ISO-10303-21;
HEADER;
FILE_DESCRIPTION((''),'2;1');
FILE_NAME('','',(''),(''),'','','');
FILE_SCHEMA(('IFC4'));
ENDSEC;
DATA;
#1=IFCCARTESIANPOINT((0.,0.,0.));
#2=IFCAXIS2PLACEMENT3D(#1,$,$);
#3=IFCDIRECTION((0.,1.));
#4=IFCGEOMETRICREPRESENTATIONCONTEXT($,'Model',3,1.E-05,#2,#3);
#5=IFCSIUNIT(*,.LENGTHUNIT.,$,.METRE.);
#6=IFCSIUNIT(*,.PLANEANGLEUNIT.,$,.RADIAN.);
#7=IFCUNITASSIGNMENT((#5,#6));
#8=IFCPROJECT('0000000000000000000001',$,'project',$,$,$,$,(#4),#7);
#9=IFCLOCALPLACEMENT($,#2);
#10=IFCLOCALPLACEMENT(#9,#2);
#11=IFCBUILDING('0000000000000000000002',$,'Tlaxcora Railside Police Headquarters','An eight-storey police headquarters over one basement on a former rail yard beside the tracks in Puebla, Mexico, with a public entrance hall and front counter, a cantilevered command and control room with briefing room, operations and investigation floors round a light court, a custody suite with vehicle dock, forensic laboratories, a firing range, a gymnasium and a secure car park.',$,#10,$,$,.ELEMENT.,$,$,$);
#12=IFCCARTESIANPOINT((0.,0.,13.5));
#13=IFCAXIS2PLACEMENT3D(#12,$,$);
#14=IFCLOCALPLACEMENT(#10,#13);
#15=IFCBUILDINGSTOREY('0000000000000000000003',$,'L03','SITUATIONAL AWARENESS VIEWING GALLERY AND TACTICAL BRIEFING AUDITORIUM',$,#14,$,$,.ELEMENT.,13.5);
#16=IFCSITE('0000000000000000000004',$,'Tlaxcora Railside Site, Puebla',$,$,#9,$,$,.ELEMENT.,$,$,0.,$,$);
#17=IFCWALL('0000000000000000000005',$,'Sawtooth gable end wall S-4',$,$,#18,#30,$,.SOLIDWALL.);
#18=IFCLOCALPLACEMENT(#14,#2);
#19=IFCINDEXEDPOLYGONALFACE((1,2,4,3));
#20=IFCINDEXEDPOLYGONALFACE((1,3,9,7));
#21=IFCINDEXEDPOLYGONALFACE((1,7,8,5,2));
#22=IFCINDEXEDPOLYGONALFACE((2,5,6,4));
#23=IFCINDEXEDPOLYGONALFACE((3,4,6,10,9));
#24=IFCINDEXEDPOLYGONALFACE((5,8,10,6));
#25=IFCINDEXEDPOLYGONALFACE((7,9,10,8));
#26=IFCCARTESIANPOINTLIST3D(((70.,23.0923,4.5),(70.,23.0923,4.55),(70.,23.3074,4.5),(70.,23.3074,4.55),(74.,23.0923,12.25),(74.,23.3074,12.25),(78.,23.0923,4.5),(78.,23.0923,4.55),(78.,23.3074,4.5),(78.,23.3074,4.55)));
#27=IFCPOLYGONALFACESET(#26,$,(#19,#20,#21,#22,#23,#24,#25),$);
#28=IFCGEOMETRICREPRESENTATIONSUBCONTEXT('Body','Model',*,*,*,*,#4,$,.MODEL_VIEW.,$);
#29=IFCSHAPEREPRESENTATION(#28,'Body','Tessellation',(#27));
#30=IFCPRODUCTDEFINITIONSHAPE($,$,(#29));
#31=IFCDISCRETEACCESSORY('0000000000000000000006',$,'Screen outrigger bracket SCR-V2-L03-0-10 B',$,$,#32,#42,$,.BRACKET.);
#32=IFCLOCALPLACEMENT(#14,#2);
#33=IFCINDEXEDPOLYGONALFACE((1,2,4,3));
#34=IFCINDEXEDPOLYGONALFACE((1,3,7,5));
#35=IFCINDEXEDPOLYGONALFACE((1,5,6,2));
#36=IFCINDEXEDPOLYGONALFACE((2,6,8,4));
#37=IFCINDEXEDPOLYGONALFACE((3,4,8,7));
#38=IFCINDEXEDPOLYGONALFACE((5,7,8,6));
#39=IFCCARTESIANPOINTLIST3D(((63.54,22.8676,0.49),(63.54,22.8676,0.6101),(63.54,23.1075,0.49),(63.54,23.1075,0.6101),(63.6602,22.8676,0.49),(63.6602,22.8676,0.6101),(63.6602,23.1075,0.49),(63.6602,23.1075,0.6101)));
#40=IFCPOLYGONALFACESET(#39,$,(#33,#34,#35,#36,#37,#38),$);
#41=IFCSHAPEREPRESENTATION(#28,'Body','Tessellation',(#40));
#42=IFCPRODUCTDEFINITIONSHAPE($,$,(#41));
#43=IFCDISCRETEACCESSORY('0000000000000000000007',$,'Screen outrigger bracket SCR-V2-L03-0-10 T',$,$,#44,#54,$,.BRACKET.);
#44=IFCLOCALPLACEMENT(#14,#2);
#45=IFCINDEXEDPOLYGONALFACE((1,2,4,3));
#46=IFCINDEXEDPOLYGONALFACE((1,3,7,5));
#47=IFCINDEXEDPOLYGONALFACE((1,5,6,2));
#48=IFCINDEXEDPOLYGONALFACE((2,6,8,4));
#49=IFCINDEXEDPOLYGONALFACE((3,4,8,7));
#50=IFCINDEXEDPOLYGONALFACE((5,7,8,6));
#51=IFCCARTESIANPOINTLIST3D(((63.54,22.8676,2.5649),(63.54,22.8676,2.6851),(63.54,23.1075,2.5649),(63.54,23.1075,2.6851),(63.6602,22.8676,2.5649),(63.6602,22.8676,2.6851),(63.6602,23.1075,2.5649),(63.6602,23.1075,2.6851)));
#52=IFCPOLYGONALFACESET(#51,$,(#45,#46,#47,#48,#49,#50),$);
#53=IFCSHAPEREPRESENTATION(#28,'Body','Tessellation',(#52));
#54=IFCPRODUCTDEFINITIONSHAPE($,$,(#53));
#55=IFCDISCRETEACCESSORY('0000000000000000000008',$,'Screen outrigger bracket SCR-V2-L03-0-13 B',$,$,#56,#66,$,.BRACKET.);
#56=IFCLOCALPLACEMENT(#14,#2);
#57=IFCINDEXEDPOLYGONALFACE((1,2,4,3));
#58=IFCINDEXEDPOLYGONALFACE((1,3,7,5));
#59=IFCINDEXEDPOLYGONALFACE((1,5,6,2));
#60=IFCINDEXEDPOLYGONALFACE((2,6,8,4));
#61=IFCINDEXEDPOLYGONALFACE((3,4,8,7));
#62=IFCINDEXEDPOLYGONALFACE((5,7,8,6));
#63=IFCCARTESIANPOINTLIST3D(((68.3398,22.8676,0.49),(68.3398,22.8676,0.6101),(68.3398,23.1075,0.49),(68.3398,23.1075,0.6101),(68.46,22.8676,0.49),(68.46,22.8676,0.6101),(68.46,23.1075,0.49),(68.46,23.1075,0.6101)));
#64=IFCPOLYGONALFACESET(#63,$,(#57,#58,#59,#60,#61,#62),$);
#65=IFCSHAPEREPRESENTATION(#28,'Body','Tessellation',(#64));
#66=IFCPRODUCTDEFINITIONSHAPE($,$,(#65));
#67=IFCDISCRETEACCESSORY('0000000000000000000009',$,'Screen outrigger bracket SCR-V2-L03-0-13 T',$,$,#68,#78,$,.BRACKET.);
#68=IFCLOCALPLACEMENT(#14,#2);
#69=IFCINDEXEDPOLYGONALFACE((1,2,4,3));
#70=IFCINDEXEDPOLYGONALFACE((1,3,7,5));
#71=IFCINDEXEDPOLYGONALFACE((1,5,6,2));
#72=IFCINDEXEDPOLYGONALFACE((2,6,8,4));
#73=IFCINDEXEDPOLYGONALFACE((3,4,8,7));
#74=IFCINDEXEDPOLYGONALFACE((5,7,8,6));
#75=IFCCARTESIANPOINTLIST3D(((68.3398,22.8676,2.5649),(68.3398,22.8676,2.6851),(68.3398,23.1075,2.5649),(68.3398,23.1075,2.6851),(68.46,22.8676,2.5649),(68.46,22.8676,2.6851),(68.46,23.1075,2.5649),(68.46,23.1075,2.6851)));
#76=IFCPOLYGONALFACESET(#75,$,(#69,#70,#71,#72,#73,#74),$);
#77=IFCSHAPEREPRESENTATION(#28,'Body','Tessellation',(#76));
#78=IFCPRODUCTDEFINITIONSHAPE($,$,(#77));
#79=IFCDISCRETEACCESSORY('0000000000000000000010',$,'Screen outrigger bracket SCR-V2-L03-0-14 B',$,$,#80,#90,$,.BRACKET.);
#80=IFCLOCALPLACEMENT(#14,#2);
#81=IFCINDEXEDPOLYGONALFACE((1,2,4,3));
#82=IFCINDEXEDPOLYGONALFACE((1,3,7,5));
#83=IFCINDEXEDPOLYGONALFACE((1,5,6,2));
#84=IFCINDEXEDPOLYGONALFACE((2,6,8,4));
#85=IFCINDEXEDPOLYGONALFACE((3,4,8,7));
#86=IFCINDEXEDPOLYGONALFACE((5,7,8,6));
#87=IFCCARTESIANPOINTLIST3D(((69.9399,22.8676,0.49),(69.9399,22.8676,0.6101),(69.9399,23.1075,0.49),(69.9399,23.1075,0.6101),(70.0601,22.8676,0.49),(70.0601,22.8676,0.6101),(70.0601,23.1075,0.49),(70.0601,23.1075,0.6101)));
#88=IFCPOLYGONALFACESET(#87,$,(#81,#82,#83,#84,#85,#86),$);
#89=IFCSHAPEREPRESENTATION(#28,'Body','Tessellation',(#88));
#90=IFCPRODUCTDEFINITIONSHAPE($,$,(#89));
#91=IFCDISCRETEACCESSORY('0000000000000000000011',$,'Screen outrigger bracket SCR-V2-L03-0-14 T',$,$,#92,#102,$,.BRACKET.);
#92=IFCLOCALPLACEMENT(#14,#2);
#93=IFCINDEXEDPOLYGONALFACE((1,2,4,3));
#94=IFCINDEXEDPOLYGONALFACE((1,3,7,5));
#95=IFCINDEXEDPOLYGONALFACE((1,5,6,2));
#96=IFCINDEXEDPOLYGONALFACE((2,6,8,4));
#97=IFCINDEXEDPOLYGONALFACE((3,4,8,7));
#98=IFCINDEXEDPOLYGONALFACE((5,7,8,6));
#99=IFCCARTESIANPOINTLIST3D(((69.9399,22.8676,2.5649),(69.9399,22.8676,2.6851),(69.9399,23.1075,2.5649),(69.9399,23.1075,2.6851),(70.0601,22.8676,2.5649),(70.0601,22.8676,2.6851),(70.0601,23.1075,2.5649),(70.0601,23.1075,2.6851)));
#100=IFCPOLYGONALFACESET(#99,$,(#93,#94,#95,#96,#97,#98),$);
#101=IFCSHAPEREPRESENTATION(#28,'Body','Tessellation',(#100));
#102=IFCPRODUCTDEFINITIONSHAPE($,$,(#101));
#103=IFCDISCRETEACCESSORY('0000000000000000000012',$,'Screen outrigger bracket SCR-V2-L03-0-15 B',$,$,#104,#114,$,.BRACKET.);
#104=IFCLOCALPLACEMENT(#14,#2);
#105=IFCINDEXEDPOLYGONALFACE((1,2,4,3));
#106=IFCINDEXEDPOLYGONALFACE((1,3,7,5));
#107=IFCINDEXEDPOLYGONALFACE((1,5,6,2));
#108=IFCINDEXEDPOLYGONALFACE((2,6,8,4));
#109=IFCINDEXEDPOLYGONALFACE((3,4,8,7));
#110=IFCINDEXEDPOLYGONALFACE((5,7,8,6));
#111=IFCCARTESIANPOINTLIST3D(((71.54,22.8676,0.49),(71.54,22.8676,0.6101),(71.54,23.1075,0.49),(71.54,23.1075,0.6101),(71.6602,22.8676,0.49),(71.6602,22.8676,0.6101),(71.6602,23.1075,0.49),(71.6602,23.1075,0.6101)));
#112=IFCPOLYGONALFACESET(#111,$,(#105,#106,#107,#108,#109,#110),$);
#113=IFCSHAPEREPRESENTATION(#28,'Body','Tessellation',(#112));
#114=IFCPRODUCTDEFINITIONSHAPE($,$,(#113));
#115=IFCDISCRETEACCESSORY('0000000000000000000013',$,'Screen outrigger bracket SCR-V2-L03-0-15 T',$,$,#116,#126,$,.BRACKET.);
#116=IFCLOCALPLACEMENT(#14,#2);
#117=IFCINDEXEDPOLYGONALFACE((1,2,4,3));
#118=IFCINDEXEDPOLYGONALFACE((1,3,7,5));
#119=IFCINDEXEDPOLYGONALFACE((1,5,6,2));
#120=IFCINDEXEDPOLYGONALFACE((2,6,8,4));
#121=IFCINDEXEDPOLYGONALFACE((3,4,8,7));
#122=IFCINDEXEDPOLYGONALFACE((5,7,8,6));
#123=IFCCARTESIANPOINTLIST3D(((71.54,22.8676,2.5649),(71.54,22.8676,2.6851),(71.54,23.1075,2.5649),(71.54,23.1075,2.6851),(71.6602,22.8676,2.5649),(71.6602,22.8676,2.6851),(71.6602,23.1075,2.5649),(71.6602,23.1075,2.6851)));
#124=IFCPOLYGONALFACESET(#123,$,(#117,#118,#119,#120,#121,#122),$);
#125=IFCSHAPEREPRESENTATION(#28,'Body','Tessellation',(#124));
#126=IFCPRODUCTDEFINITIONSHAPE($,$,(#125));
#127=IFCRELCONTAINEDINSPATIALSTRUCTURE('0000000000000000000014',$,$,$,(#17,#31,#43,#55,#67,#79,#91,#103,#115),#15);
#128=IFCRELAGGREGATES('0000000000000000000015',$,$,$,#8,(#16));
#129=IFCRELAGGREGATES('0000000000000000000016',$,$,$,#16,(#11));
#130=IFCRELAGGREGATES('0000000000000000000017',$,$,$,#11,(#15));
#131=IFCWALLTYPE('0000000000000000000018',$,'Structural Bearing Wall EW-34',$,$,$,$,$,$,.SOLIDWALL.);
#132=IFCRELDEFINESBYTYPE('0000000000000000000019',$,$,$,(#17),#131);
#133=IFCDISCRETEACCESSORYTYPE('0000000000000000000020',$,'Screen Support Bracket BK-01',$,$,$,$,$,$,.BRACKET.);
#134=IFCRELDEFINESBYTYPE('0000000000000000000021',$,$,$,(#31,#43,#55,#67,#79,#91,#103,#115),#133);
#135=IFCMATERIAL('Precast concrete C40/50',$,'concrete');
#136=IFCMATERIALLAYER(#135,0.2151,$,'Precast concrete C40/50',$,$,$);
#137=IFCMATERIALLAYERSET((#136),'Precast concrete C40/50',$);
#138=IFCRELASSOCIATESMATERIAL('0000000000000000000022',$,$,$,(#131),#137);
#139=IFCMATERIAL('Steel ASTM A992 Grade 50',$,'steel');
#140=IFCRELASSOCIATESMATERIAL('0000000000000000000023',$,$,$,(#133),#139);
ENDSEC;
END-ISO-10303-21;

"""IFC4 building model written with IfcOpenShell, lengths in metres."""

from ifc_helpers import new_model, si_unit, direction, frame, origin, origin_2d, place, context, subcontext, project, spatial, polyline, rectangle, outline, extrude, material, layer, layer_set, type_object, element, save


model = new_model("IFC4")

# Units and contexts
model_context = context("Model", 3, precision=1e-05, world=origin(), true_north=direction((0.0, 1.0)))
body_context = subcontext(model_context, "Body", "Model", "MODEL_VIEW")
ifc_project = project(units=[si_unit("LENGTHUNIT", "METRE"), si_unit("PLANEANGLEUNIT", "RADIAN")], contexts=[model_context])

# Site, building, storey
site_placement = place(None, origin())
site = spatial("IfcSite", under=ifc_project, at=site_placement, Name="Tlaxcora Railside Site, Puebla", CompositionType="ELEMENT", RefElevation=0.0)
building_placement = place(site_placement, origin())
building = spatial("IfcBuilding", under=site, at=building_placement, Name="Tlaxcora Railside Police Headquarters", Description="An eight-storey police headquarters over one basement on a former rail yard beside the tracks in Puebla, Mexico, with a public entrance hall and front counter, a cantilevered command and control room with briefing room, operations and investigation floors round a light court, a custody suite with vehicle dock, forensic laboratories, a firing range, a gymnasium and a secure car park.", CompositionType="ELEMENT")
storey_placement = place(building_placement, frame((0.0, 0.0, 13.5)))
storey = spatial("IfcBuildingStorey", under=building, at=storey_placement, Name="L03", Description="SITUATIONAL AWARENESS VIEWING GALLERY AND TACTICAL BRIEFING AUDITORIUM", CompositionType="ELEMENT", Elevation=13.5)

# Shared definitions
ifc_material_1 = material(Name="Steel ASTM A992 Grade 50", Category="steel")

# Wall
ifc_material_2 = material(Name="Precast concrete C40/50", Category="concrete")
ifc_layer_1 = layer(ifc_material_2, 0.2151, Name="Precast concrete C40/50")
ifc_layer_set_1 = layer_set([ifc_layer_1], Name="Precast concrete C40/50")
wall_type = type_object("IfcWallType", Name="Structural Bearing Wall EW-34", PredefinedType="SOLIDWALL", material=ifc_layer_set_1)
for number, where, z_axis, x_axis, name in (
    (1, (70.0, 23.2, 4.5), (0.0, 0.0, 1.0), (1.0, 0.0, 0.0), "Sawtooth gable end wall S-4"),
):
    element("IfcWall", number, at=place(storey_placement, frame(where, z_axis=z_axis, x_axis=x_axis)), inside=storey, type_object=wall_type, Name=name, PredefinedType="SOLIDWALL", context=body_context, shape_type="SweptSolid", body=[
        extrude(outline(polyline([(0.0, 0.0), (8.0, 0.0), (8.0, 0.05), (4.0, 7.75), (0.0, 0.05), (0.0, 0.0)])), frame((0.0, 0.1074, 0.0), z_axis=(0.0, -1.0, 0.0), x_axis=(1.0, 0.0, 0.0)), (0.0, 0.0, 1.0), 0.2151),
    ])

# Discrete accessories
discrete_accessory_type = type_object("IfcDiscreteAccessoryType", Name="Screen Support Bracket BK-01", PredefinedType="BRACKET", material=ifc_material_1)
for number, where, z_axis, x_axis, name in (
    (2, (63.6001, 22.9875, 0.49), (0.0, 0.0, 1.0), (1.0, 0.0, 0.0), "Screen outrigger bracket SCR-V2-L03-0-10 B"),
    (3, (63.6001, 22.9875, 2.5649), (0.0, 0.0, 1.0), (1.0, 0.0, 0.0), "Screen outrigger bracket SCR-V2-L03-0-10 T"),
    (4, (68.3999, 22.9875, 0.49), (0.0, 0.0, 1.0), (1.0, 0.0, 0.0), "Screen outrigger bracket SCR-V2-L03-0-13 B"),
    (5, (68.3999, 22.9875, 2.5649), (0.0, 0.0, 1.0), (1.0, 0.0, 0.0), "Screen outrigger bracket SCR-V2-L03-0-13 T"),
    (6, (70.0, 22.9875, 0.49), (0.0, 0.0, 1.0), (1.0, 0.0, 0.0), "Screen outrigger bracket SCR-V2-L03-0-14 B"),
    (7, (70.0, 22.9875, 2.5649), (0.0, 0.0, 1.0), (1.0, 0.0, 0.0), "Screen outrigger bracket SCR-V2-L03-0-14 T"),
    (8, (71.6001, 22.9875, 0.49), (0.0, 0.0, 1.0), (1.0, 0.0, 0.0), "Screen outrigger bracket SCR-V2-L03-0-15 B"),
    (9, (71.6001, 22.9875, 2.5649), (0.0, 0.0, 1.0), (1.0, 0.0, 0.0), "Screen outrigger bracket SCR-V2-L03-0-15 T"),
):
    element("IfcDiscreteAccessory", number, at=place(storey_placement, frame(where, z_axis=z_axis, x_axis=x_axis)), inside=storey, type_object=discrete_accessory_type, Name=name, PredefinedType="BRACKET", context=body_context, shape_type="SweptSolid", body=[
        extrude(rectangle(XDim=0.1201, YDim=0.24, at=origin_2d()), origin(), (0.0, 0.0, 1.0), 0.1201),
    ])

save(model, "model.ifc")
